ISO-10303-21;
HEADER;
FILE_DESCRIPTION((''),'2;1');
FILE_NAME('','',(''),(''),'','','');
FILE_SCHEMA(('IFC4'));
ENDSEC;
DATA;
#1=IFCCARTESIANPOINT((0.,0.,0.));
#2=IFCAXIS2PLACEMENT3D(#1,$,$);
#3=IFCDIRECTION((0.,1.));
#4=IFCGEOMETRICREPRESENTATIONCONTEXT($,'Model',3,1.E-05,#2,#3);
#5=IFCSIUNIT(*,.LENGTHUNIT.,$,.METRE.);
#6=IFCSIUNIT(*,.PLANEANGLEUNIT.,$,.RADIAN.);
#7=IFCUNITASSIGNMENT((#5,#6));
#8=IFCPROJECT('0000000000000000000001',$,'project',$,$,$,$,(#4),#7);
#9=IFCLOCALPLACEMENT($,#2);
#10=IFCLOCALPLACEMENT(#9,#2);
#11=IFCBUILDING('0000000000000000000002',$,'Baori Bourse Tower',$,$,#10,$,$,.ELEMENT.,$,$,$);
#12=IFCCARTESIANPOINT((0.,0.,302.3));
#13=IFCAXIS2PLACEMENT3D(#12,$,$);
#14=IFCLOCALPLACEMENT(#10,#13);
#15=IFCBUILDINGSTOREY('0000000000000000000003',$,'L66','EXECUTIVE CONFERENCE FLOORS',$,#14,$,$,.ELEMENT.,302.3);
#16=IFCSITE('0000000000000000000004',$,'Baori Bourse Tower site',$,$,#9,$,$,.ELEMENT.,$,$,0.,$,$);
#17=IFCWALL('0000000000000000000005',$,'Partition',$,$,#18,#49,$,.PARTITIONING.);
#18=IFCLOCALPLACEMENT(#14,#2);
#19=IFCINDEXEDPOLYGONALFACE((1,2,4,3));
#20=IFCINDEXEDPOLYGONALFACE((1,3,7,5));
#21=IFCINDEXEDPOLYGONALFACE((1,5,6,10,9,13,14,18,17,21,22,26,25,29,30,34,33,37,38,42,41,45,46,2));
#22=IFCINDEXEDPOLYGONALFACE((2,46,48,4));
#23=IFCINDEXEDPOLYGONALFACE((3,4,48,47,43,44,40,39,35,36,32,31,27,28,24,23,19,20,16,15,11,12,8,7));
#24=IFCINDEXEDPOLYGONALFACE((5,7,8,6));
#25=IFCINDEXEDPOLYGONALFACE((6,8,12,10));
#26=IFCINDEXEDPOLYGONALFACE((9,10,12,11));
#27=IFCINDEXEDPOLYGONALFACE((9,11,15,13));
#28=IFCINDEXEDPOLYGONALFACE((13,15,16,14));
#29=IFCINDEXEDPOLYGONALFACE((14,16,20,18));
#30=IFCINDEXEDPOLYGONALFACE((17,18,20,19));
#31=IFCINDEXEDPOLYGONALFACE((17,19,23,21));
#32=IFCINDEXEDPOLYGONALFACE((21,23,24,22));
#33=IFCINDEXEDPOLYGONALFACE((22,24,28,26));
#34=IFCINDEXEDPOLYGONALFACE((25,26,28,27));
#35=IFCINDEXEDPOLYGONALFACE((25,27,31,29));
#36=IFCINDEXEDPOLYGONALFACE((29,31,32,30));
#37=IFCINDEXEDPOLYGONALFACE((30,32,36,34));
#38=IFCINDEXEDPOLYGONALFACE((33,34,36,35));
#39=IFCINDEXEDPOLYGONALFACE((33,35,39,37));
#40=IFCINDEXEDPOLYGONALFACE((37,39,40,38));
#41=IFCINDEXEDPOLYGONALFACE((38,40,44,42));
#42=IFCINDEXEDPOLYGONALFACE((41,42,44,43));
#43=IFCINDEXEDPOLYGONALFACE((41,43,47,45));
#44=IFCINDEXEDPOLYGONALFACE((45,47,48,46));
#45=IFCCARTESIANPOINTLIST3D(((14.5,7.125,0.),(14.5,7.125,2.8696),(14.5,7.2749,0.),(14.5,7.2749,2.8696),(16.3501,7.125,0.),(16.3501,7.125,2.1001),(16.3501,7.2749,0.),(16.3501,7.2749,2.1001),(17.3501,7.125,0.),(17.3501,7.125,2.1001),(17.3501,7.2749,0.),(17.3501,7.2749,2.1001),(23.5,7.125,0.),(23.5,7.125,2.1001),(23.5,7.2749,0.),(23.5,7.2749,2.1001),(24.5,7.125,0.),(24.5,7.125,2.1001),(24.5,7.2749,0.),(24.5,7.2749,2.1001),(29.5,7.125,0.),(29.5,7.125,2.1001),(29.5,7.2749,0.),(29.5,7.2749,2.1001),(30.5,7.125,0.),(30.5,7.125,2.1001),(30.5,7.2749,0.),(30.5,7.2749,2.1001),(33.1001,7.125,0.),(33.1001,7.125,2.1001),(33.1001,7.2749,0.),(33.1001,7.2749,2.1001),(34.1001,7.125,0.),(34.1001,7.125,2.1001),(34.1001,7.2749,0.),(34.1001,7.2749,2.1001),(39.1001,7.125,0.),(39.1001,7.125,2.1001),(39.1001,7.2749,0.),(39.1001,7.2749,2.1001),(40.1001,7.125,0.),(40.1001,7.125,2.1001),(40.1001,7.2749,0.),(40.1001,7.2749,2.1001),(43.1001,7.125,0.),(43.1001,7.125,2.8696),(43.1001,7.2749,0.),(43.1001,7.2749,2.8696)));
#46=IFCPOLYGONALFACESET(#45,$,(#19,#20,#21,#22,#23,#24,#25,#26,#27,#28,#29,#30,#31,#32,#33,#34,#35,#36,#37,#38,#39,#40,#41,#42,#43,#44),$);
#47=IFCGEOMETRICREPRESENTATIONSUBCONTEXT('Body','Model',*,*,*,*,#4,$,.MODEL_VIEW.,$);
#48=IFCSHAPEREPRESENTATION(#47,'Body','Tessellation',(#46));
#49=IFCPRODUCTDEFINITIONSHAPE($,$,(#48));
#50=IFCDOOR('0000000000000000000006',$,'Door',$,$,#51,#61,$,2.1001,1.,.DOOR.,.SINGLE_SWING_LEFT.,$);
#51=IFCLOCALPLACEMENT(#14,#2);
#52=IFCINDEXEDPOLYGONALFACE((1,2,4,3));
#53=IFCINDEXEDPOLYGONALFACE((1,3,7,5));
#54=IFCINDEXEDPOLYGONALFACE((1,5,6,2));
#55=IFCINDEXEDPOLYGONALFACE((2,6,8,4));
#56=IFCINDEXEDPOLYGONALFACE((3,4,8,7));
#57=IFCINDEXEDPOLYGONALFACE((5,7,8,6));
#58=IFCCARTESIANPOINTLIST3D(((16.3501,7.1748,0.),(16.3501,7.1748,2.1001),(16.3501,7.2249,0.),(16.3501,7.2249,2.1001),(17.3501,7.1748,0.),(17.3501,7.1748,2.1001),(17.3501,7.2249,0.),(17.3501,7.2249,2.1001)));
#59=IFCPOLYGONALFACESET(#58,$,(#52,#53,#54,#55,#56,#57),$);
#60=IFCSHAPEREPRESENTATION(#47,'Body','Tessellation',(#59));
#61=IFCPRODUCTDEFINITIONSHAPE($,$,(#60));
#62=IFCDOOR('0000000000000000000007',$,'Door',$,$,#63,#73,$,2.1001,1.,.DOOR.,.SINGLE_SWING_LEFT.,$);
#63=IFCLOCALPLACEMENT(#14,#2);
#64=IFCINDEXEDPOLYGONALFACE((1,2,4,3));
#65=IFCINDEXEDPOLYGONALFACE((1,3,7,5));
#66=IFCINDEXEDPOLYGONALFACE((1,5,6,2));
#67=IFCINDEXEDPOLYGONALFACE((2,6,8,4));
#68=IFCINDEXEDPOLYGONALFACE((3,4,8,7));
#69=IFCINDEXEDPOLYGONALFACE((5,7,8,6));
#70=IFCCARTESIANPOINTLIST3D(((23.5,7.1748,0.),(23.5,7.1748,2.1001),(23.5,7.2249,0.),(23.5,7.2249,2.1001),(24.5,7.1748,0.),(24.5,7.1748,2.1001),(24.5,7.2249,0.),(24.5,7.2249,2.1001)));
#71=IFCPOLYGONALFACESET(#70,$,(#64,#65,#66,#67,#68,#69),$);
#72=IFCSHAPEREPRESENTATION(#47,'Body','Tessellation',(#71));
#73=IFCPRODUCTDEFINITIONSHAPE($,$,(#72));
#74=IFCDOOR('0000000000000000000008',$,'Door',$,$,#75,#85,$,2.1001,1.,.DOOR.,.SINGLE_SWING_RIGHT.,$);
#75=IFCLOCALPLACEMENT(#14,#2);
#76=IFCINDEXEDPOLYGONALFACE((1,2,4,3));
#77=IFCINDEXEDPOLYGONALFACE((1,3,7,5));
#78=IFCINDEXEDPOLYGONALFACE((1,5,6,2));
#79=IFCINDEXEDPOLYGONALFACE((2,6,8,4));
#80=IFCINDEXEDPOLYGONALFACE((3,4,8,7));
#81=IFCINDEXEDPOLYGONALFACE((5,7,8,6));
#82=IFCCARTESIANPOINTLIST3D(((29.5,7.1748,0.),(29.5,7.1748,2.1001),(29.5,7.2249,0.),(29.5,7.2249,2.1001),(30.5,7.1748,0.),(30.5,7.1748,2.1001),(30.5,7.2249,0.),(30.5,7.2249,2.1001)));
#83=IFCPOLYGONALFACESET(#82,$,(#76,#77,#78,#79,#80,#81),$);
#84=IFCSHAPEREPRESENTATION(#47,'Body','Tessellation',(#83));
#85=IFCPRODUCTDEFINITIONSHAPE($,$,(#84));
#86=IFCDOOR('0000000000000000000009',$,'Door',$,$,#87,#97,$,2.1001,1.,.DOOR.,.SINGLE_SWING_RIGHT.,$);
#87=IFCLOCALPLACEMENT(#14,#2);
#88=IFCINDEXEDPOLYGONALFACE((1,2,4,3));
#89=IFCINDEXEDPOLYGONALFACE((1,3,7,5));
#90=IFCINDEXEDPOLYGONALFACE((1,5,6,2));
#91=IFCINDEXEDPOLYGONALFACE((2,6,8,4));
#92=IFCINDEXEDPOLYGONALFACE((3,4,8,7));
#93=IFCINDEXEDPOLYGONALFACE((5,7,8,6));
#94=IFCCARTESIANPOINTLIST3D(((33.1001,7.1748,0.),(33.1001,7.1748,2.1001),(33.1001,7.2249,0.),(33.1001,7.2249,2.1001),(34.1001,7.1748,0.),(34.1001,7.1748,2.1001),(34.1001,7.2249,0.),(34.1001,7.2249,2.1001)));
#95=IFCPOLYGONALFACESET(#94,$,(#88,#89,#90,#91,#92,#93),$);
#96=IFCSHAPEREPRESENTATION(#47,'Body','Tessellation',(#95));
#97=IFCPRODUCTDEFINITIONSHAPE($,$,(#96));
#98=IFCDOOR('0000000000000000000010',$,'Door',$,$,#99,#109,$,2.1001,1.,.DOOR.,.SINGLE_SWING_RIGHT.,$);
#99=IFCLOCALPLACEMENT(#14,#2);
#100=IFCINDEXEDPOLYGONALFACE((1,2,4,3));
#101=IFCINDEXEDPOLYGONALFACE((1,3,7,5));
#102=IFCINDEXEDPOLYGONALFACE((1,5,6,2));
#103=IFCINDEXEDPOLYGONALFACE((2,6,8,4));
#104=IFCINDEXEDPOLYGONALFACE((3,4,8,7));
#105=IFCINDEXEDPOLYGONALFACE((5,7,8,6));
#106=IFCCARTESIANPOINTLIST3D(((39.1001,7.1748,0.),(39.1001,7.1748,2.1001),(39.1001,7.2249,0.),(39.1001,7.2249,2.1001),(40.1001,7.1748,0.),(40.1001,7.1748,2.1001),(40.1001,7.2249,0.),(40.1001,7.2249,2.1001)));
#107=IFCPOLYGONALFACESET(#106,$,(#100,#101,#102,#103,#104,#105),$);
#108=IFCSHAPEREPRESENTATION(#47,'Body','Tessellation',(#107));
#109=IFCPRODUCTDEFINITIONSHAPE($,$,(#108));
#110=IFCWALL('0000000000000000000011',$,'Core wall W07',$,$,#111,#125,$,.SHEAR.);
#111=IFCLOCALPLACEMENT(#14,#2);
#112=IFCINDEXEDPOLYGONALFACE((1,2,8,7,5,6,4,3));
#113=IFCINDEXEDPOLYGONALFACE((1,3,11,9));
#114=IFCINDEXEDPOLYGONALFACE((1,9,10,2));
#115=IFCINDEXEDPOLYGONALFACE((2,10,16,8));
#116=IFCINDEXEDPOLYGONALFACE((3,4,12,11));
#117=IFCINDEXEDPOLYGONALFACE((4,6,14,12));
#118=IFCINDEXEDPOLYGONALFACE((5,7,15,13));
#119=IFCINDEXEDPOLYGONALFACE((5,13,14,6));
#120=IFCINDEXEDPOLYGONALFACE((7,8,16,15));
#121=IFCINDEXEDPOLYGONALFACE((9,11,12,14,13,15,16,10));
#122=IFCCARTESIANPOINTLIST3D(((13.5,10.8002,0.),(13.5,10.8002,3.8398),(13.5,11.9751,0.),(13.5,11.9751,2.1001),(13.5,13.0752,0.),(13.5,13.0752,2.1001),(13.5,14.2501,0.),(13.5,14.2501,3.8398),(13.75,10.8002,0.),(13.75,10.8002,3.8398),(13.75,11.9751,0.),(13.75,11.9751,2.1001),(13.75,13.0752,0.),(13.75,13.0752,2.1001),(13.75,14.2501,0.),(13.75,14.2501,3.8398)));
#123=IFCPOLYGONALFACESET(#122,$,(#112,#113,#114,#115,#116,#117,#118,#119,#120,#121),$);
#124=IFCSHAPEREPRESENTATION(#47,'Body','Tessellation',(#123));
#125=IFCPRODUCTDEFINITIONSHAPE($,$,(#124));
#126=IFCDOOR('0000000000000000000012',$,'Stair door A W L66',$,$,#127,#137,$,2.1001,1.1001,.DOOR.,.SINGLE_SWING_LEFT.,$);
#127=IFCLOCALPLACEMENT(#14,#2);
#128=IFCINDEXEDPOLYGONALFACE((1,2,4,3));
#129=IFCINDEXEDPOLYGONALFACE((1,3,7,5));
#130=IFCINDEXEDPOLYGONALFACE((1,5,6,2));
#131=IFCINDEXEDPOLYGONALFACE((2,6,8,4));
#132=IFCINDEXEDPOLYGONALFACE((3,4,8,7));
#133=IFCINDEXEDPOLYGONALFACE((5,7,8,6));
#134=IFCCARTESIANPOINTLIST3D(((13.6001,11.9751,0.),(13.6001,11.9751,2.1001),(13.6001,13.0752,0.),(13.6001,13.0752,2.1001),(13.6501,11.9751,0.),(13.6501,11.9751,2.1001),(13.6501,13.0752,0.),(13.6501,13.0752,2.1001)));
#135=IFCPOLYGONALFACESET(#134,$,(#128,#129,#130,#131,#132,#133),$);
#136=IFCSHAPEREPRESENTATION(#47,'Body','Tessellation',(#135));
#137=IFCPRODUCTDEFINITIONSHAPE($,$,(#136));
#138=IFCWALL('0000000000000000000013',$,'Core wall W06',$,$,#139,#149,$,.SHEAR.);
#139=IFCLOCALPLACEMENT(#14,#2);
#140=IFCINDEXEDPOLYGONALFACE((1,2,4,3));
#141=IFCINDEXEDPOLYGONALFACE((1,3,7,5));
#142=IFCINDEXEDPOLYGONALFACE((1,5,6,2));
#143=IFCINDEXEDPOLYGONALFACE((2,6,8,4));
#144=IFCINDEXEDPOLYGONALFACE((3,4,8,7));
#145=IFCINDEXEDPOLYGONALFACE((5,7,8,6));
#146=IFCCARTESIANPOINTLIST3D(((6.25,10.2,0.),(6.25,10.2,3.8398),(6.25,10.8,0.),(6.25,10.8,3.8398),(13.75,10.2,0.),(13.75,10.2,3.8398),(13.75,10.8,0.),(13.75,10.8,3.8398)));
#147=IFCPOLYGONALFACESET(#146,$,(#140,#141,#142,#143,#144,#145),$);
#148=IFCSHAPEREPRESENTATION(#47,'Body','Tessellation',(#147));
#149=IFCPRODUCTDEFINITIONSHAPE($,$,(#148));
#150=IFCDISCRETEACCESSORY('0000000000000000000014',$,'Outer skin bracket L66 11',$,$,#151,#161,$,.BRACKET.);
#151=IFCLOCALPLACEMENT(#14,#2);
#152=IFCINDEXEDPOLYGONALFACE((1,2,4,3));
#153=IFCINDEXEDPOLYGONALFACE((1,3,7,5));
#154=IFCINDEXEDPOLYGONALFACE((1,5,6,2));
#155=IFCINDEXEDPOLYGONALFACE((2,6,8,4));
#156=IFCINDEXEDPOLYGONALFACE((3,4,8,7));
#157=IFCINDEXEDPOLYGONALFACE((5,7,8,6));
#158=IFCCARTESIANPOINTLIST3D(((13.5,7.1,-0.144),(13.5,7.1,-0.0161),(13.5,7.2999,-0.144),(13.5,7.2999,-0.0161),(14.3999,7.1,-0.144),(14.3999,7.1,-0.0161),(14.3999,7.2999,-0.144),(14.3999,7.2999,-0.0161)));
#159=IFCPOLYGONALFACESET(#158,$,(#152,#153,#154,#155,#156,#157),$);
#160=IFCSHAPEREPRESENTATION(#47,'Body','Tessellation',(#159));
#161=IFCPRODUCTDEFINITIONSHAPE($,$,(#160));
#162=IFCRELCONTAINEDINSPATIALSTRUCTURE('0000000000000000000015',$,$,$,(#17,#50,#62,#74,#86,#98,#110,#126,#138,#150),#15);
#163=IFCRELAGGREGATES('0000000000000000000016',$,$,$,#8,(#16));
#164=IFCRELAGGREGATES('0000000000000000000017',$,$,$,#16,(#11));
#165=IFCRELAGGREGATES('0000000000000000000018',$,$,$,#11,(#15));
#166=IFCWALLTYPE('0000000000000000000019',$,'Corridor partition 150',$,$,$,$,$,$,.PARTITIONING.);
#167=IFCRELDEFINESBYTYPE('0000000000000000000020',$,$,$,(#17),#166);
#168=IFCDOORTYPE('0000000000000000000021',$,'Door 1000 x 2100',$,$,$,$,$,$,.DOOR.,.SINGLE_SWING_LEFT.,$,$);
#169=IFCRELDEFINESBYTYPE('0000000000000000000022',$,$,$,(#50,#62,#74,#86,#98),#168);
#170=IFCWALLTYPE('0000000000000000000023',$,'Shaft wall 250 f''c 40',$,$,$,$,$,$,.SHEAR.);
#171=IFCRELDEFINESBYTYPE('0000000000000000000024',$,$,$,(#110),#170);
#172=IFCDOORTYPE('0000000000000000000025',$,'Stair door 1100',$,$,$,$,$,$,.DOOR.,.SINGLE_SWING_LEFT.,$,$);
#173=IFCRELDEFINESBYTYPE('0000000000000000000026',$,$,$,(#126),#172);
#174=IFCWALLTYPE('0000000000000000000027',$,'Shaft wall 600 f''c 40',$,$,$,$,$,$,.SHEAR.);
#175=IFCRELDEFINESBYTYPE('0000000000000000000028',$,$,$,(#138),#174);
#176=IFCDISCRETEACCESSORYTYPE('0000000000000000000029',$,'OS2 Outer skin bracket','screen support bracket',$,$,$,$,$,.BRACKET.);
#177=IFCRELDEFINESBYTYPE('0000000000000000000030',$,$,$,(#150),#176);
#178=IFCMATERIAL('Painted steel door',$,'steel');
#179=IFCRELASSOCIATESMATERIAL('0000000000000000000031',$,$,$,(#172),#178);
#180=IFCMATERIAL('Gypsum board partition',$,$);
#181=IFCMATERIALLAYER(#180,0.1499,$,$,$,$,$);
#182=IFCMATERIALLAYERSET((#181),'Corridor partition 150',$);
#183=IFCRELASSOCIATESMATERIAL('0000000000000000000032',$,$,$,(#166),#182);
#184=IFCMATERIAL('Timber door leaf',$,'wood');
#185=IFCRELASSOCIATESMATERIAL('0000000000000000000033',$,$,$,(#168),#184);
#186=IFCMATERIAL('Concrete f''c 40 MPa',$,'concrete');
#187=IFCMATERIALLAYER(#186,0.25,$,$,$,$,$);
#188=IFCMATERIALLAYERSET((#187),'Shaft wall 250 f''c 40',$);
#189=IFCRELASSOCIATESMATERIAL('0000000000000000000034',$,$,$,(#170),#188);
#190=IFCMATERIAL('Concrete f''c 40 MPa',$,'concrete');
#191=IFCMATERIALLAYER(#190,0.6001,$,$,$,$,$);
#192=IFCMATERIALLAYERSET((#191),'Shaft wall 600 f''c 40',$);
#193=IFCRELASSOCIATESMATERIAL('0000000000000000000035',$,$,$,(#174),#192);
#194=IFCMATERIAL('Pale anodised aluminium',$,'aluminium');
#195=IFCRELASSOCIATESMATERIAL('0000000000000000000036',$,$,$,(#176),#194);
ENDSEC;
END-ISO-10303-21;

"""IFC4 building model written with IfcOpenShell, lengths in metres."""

from ifc_helpers import new_model, si_unit, direction, frame, frame_2d, origin, origin_2d, place, context, subcontext, project, spatial, rectangle, extrude, material, layer, layer_set, type_object, element, fill, save


model = new_model("IFC4")

# Units and contexts
model_context = context("Model", 3, precision=1e-05, world=origin(), true_north=direction((0.0, 1.0)))
body_context = subcontext(model_context, "Body", "Model", "MODEL_VIEW")
ifc_project = project(units=[si_unit("LENGTHUNIT", "METRE"), si_unit("PLANEANGLEUNIT", "RADIAN")], contexts=[model_context])

# Site, building, storey
site_placement = place(None, origin())
site = spatial("IfcSite", under=ifc_project, at=site_placement, Name="Baori Bourse Tower site", CompositionType="ELEMENT", RefElevation=0.0)
building_placement = place(site_placement, origin())
building = spatial("IfcBuilding", under=site, at=building_placement, Name="Baori Bourse Tower", CompositionType="ELEMENT")
storey_placement = place(building_placement, frame((0.0, 0.0, 302.3)))
storey = spatial("IfcBuildingStorey", under=building, at=storey_placement, Name="L66", Description="EXECUTIVE CONFERENCE FLOORS", CompositionType="ELEMENT", Elevation=302.3)

# Shared definitions
ifc_material_1 = material(Name="Painted steel door", Category="steel")
door_type_1 = type_object("IfcDoorType", Name="Stair door 1100", OperationType="SINGLE_SWING_LEFT", PredefinedType="DOOR", material=ifc_material_1)

# Wall, openings, doors
ifc_material_2 = material(Name="Gypsum board partition")
ifc_layer_1 = layer(ifc_material_2, 0.1499)
ifc_layer_set_1 = layer_set([ifc_layer_1], Name="Corridor partition 150")
wall_type_1 = type_object("IfcWallType", Name="Corridor partition 150", PredefinedType="PARTITIONING", material=ifc_layer_set_1)
wall_1_placement = place(storey_placement, frame((14.5, 7.2, 0.0), z_axis=(0.0, 0.0, 1.0), x_axis=(1.0, 0.0, 0.0)))
wall_1 = element("IfcWall", 1, at=wall_1_placement, inside=storey, type_object=wall_type_1, Name="Partition", PredefinedType="PARTITIONING", context=body_context, shape_type="SweptSolid", body=[
    extrude(rectangle(XDim=28.6001, YDim=0.1499, at=frame_2d((14.3, 0.0))), origin(), (0.0, 0.0, 1.0), 2.8696),
])
opening_1_placement = place(wall_1_placement, frame((1.8501, 0.0, 0.0)))
opening_1 = element("IfcOpeningElement", 2, at=opening_1_placement, cuts=wall_1, PredefinedType="OPENING", context=body_context, shape_type="SweptSolid", body=[
    extrude(rectangle(XDim=1.0, YDim=2.1001, at=frame_2d((0.5, 1.05))), frame((0.0, 0.085, 0.0), z_axis=(0.0, -1.0, 0.0), x_axis=(1.0, 0.0, 0.0)), (0.0, 0.0, 1.0), 0.1699),
])
opening_2_placement = place(wall_1_placement, frame((9.0, 0.0, 0.0)))
opening_2 = element("IfcOpeningElement", 3, at=opening_2_placement, cuts=wall_1, PredefinedType="OPENING", context=body_context, shape_type="SweptSolid", body=[
    extrude(rectangle(XDim=1.0, YDim=2.1001, at=frame_2d((0.5, 1.05))), frame((0.0, 0.085, 0.0), z_axis=(0.0, -1.0, 0.0), x_axis=(1.0, 0.0, 0.0)), (0.0, 0.0, 1.0), 0.1699),
])
opening_3_placement = place(wall_1_placement, frame((15.0, 0.0, 0.0)))
opening_3 = element("IfcOpeningElement", 4, at=opening_3_placement, cuts=wall_1, PredefinedType="OPENING", context=body_context, shape_type="SweptSolid", body=[
    extrude(rectangle(XDim=1.0, YDim=2.1001, at=frame_2d((0.5, 1.05))), frame((0.0, 0.085, 0.0), z_axis=(0.0, -1.0, 0.0), x_axis=(1.0, 0.0, 0.0)), (0.0, 0.0, 1.0), 0.1699),
])
opening_4_placement = place(wall_1_placement, frame((18.6001, 0.0, 0.0)))
opening_4 = element("IfcOpeningElement", 5, at=opening_4_placement, cuts=wall_1, PredefinedType="OPENING", context=body_context, shape_type="SweptSolid", body=[
    extrude(rectangle(XDim=1.0, YDim=2.1001, at=frame_2d((0.5, 1.05))), frame((0.0, 0.085, 0.0), z_axis=(0.0, -1.0, 0.0), x_axis=(1.0, 0.0, 0.0)), (0.0, 0.0, 1.0), 0.1699),
])
opening_5_placement = place(wall_1_placement, frame((24.6001, 0.0, 0.0)))
opening_5 = element("IfcOpeningElement", 6, at=opening_5_placement, cuts=wall_1, PredefinedType="OPENING", context=body_context, shape_type="SweptSolid", body=[
    extrude(rectangle(XDim=1.0, YDim=2.1001, at=frame_2d((0.5, 1.05))), frame((0.0, 0.085, 0.0), z_axis=(0.0, -1.0, 0.0), x_axis=(1.0, 0.0, 0.0)), (0.0, 0.0, 1.0), 0.1699),
])
ifc_material_3 = material(Name="Timber door leaf", Category="wood")
door_type_2 = type_object("IfcDoorType", Name="Door 1000 x 2100", OperationType="SINGLE_SWING_LEFT", PredefinedType="DOOR", material=ifc_material_3)
door_1_placement = place(opening_1_placement, origin())
door_1 = element("IfcDoor", 7, at=door_1_placement, inside=storey, type_object=door_type_2, Name="Door", OperationType="SINGLE_SWING_LEFT", OverallHeight=2.1001, OverallWidth=1.0, PredefinedType="DOOR", context=body_context, shape_type="SweptSolid", body=[
    extrude(rectangle(XDim=1.0, YDim=2.1001, at=frame_2d((0.5, 1.05))), frame((0.0, 0.0249, 0.0), z_axis=(0.0, -1.0, 0.0), x_axis=(1.0, 0.0, 0.0)), (0.0, 0.0, 1.0), 0.05),
])
fill(opening_1, door_1)
door_2_placement = place(opening_2_placement, origin())
door_2 = element("IfcDoor", 8, at=door_2_placement, inside=storey, type_object=door_type_2, Name="Door", OperationType="SINGLE_SWING_LEFT", OverallHeight=2.1001, OverallWidth=1.0, PredefinedType="DOOR", context=body_context, shape_type="SweptSolid", body=[
    extrude(rectangle(XDim=1.0, YDim=2.1001, at=frame_2d((0.5, 1.05))), frame((0.0, 0.0249, 0.0), z_axis=(0.0, -1.0, 0.0), x_axis=(1.0, 0.0, 0.0)), (0.0, 0.0, 1.0), 0.05),
])
fill(opening_2, door_2)
door_3_placement = place(opening_3_placement, origin())
door_3 = element("IfcDoor", 9, at=door_3_placement, inside=storey, type_object=door_type_2, Name="Door", OperationType="SINGLE_SWING_RIGHT", OverallHeight=2.1001, OverallWidth=1.0, PredefinedType="DOOR", context=body_context, shape_type="SweptSolid", body=[
    extrude(rectangle(XDim=1.0, YDim=2.1001, at=frame_2d((0.5, 1.05))), frame((0.0, 0.0249, 0.0), z_axis=(0.0, -1.0, 0.0), x_axis=(1.0, 0.0, 0.0)), (0.0, 0.0, 1.0), 0.05),
])
fill(opening_3, door_3)
door_4_placement = place(opening_4_placement, origin())
door_4 = element("IfcDoor", 10, at=door_4_placement, inside=storey, type_object=door_type_2, Name="Door", OperationType="SINGLE_SWING_RIGHT", OverallHeight=2.1001, OverallWidth=1.0, PredefinedType="DOOR", context=body_context, shape_type="SweptSolid", body=[
    extrude(rectangle(XDim=1.0, YDim=2.1001, at=frame_2d((0.5, 1.05))), frame((0.0, 0.0249, 0.0), z_axis=(0.0, -1.0, 0.0), x_axis=(1.0, 0.0, 0.0)), (0.0, 0.0, 1.0), 0.05),
])
fill(opening_4, door_4)
door_5_placement = place(opening_5_placement, origin())
door_5 = element("IfcDoor", 11, at=door_5_placement, inside=storey, type_object=door_type_2, Name="Door", OperationType="SINGLE_SWING_RIGHT", OverallHeight=2.1001, OverallWidth=1.0, PredefinedType="DOOR", context=body_context, shape_type="SweptSolid", body=[
    extrude(rectangle(XDim=1.0, YDim=2.1001, at=frame_2d((0.5, 1.05))), frame((0.0, 0.0249, 0.0), z_axis=(0.0, -1.0, 0.0), x_axis=(1.0, 0.0, 0.0)), (0.0, 0.0, 1.0), 0.05),
])
fill(opening_5, door_5)

# Wall, opening, door
ifc_material_4 = material(Name="Concrete f'c 40 MPa", Category="concrete")
ifc_layer_2 = layer(ifc_material_4, 0.25)
ifc_layer_set_2 = layer_set([ifc_layer_2], Name="Shaft wall 250 f'c 40")
wall_type_2 = type_object("IfcWallType", Name="Shaft wall 250 f'c 40", PredefinedType="SHEAR", material=ifc_layer_set_2)
wall_2_placement = place(storey_placement, frame((13.625, 10.8, 0.0), z_axis=(0.0, 0.0, 1.0), x_axis=(0.0, 1.0, 0.0)))
wall_2 = element("IfcWall", 12, at=wall_2_placement, inside=storey, type_object=wall_type_2, Name="Core wall W07", PredefinedType="SHEAR", context=body_context, shape_type="SweptSolid", body=[
    extrude(rectangle(XDim=3.45, YDim=0.25, at=frame_2d((1.7251, 0.0))), origin(), (0.0, 0.0, 1.0), 3.8398),
])
opening_6_placement = place(wall_2_placement, frame((1.175, 0.0, 0.0)))
opening_6 = element("IfcOpeningElement", 13, at=opening_6_placement, cuts=wall_2, PredefinedType="OPENING", context=body_context, shape_type="SweptSolid", body=[
    extrude(rectangle(XDim=1.1001, YDim=2.1001, at=frame_2d((0.55, 1.05))), frame((0.0, 0.135, 0.0), z_axis=(0.0, -1.0, 0.0), x_axis=(1.0, 0.0, 0.0)), (0.0, 0.0, 1.0), 0.27),
])
door_6_placement = place(opening_6_placement, origin())
door_6 = element("IfcDoor", 14, at=door_6_placement, inside=storey, type_object=door_type_1, Name="Stair door A W L66", OperationType="SINGLE_SWING_LEFT", OverallHeight=2.1001, OverallWidth=1.1001, PredefinedType="DOOR", context=body_context, shape_type="SweptSolid", body=[
    extrude(rectangle(XDim=1.1001, YDim=2.1001, at=frame_2d((0.55, 1.05))), frame((0.0, 0.0249, 0.0), z_axis=(0.0, -1.0, 0.0), x_axis=(1.0, 0.0, 0.0)), (0.0, 0.0, 1.0), 0.05),
])
fill(opening_6, door_6)

# Wall
ifc_material_5 = material(Name="Concrete f'c 40 MPa", Category="concrete")
ifc_layer_3 = layer(ifc_material_5, 0.6001)
ifc_layer_set_3 = layer_set([ifc_layer_3], Name="Shaft wall 600 f'c 40")
wall_type_3 = type_object("IfcWallType", Name="Shaft wall 600 f'c 40", PredefinedType="SHEAR", material=ifc_layer_set_3)
wall_3_placement = place(storey_placement, frame((6.25, 10.5, 0.0), z_axis=(0.0, 0.0, 1.0), x_axis=(1.0, 0.0, 0.0)))
element("IfcWall", 15, at=wall_3_placement, inside=storey, type_object=wall_type_3, Name="Core wall W06", PredefinedType="SHEAR", context=body_context, shape_type="SweptSolid", body=[
    extrude(rectangle(XDim=7.5, YDim=0.6001, at=frame_2d((3.75, 0.0))), origin(), (0.0, 0.0, 1.0), 3.8398),
])

# Discrete accessory
ifc_material_6 = material(Name="Pale anodised aluminium", Category="aluminium")
discrete_accessory_type = type_object("IfcDiscreteAccessoryType", Name="OS2 Outer skin bracket", Description="screen support bracket", PredefinedType="BRACKET", material=ifc_material_6)
for number, where, z_axis, x_axis, name in (
    (16, (13.95, 7.2, -0.144), (0.0, 0.0, 1.0), (0.0, -1.0, 0.0), "Outer skin bracket L66 11"),
):
    element("IfcDiscreteAccessory", number, at=place(storey_placement, frame(where, z_axis=z_axis, x_axis=x_axis)), inside=storey, type_object=discrete_accessory_type, Name=name, PredefinedType="BRACKET", context=body_context, shape_type="SweptSolid", body=[
        extrude(rectangle(XDim=0.2, YDim=0.8999, at=origin_2d()), origin(), (0.0, 0.0, 1.0), 0.1279),
    ])

save(model, "model.ifc")
